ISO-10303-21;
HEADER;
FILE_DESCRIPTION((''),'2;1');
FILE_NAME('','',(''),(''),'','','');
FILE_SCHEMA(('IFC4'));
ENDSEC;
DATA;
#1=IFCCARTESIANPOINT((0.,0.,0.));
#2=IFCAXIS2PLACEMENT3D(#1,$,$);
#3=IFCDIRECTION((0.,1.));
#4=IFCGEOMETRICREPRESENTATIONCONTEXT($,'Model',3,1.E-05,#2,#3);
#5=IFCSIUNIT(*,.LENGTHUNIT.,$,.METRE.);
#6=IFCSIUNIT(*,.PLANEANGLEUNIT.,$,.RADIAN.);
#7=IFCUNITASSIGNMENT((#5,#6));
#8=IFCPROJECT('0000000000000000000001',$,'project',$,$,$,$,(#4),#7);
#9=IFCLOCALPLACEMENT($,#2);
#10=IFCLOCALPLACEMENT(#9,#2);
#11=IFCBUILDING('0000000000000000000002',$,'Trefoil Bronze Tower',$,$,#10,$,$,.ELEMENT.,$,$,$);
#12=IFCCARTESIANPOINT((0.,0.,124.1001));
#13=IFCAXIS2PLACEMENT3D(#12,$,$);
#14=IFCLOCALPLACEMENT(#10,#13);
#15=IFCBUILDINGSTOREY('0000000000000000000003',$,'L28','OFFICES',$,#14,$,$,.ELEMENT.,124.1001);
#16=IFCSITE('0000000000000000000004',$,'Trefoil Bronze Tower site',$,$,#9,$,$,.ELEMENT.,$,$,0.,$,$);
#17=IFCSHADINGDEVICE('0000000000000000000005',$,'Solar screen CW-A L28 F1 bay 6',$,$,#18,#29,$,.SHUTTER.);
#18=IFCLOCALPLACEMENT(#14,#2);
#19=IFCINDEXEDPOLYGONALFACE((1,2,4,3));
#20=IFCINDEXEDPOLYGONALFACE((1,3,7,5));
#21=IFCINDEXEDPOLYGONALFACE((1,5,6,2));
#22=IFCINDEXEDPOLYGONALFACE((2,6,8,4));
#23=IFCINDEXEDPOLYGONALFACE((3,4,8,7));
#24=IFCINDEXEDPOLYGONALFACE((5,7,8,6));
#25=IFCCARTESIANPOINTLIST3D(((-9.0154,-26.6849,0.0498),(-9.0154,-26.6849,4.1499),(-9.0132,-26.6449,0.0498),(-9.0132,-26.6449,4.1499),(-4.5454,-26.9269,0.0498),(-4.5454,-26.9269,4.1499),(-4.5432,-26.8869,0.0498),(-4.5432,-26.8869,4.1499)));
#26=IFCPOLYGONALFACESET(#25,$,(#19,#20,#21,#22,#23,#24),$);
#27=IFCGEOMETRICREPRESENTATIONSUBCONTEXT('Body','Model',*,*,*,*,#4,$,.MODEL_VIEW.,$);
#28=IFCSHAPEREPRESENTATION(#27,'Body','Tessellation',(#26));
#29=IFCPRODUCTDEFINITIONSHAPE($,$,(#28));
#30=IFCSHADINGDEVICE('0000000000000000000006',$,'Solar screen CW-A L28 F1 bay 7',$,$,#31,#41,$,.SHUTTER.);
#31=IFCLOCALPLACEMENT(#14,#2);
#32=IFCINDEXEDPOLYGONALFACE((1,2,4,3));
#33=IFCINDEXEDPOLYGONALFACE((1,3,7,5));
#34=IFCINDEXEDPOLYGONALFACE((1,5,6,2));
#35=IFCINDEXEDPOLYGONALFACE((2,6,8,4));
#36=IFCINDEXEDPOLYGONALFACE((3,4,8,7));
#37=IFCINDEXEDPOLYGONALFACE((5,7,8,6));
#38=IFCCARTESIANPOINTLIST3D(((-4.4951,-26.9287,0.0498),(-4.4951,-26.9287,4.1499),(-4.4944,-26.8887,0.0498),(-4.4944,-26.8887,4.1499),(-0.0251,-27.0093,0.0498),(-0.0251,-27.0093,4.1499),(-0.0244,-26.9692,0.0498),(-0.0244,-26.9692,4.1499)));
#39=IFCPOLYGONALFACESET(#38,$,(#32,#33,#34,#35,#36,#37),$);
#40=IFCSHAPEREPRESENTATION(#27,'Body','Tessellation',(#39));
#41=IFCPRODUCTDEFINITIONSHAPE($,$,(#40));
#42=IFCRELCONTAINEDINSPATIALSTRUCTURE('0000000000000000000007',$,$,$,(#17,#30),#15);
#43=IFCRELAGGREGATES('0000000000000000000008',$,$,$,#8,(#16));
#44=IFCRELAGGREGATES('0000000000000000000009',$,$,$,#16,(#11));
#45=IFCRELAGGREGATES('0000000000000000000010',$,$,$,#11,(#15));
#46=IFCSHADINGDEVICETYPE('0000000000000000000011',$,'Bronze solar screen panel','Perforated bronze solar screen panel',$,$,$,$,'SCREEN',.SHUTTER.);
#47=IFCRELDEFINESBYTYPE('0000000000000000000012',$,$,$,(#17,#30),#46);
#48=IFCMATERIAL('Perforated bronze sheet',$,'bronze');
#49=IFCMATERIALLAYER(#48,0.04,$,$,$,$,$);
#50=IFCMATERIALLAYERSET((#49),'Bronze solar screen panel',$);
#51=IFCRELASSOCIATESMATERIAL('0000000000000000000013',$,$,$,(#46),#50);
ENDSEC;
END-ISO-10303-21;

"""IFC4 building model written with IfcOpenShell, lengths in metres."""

from ifc_helpers import new_model, si_unit, direction, frame, origin, origin_2d, place, context, subcontext, project, spatial, rectangle, extrude, material, layer, layer_set, type_object, element, save


model = new_model("IFC4")

# Units and contexts
model_context = context("Model", 3, precision=1e-05, world=origin(), true_north=direction((0.0, 1.0)))
body_context = subcontext(model_context, "Body", "Model", "MODEL_VIEW")
ifc_project = project(units=[si_unit("LENGTHUNIT", "METRE"), si_unit("PLANEANGLEUNIT", "RADIAN")], contexts=[model_context])

# Site, building, storey
site_placement = place(None, origin())
site = spatial("IfcSite", under=ifc_project, at=site_placement, Name="Trefoil Bronze Tower site", CompositionType="ELEMENT", RefElevation=0.0)
building_placement = place(site_placement, origin())
building = spatial("IfcBuilding", under=site, at=building_placement, Name="Trefoil Bronze Tower", CompositionType="ELEMENT")
storey_placement = place(building_placement, frame((0.0, 0.0, 124.1001)))
storey = spatial("IfcBuildingStorey", under=building, at=storey_placement, Name="L28", Description="OFFICES", CompositionType="ELEMENT", Elevation=124.1001)

# Shading devices
ifc_material_1 = material(Name="Perforated bronze sheet", Category="bronze")
ifc_layer_1 = layer(ifc_material_1, 0.04)
ifc_layer_set_1 = layer_set([ifc_layer_1], Name="Bronze solar screen panel")
shading_device_type = type_object("IfcShadingDeviceType", Name="Bronze solar screen panel", Description="Perforated bronze solar screen panel", ElementType="SCREEN", PredefinedType="SHUTTER", material=ifc_layer_set_1)
shading_device_1_placement = place(storey_placement, frame((-6.7793, -26.7859, 0.0498), z_axis=(0.0, 0.0, 1.0), x_axis=(0.998538, -0.054063, 0.0)))
element("IfcShadingDevice", 1, at=shading_device_1_placement, inside=storey, type_object=shading_device_type, Name="Solar screen CW-A L28 F1 bay 6", PredefinedType="SHUTTER", context=body_context, shape_type="SweptSolid", body=[
    extrude(rectangle(XDim=4.4766, YDim=0.04, at=origin_2d()), origin(), (0.0, 0.0, 1.0), 4.1001),
])
shading_device_2_placement = place(storey_placement, frame((-2.2598, -26.949, 0.0498), z_axis=(0.0, 0.0, 1.0), x_axis=(0.999838, -0.018021, 0.0)))
element("IfcShadingDevice", 2, at=shading_device_2_placement, inside=storey, type_object=shading_device_type, Name="Solar screen CW-A L28 F1 bay 7", PredefinedType="SHUTTER", context=body_context, shape_type="SweptSolid", body=[
    extrude(rectangle(XDim=4.4707, YDim=0.04, at=origin_2d()), origin(), (0.0, 0.0, 1.0), 4.1001),
])

save(model, "model.ifc")
